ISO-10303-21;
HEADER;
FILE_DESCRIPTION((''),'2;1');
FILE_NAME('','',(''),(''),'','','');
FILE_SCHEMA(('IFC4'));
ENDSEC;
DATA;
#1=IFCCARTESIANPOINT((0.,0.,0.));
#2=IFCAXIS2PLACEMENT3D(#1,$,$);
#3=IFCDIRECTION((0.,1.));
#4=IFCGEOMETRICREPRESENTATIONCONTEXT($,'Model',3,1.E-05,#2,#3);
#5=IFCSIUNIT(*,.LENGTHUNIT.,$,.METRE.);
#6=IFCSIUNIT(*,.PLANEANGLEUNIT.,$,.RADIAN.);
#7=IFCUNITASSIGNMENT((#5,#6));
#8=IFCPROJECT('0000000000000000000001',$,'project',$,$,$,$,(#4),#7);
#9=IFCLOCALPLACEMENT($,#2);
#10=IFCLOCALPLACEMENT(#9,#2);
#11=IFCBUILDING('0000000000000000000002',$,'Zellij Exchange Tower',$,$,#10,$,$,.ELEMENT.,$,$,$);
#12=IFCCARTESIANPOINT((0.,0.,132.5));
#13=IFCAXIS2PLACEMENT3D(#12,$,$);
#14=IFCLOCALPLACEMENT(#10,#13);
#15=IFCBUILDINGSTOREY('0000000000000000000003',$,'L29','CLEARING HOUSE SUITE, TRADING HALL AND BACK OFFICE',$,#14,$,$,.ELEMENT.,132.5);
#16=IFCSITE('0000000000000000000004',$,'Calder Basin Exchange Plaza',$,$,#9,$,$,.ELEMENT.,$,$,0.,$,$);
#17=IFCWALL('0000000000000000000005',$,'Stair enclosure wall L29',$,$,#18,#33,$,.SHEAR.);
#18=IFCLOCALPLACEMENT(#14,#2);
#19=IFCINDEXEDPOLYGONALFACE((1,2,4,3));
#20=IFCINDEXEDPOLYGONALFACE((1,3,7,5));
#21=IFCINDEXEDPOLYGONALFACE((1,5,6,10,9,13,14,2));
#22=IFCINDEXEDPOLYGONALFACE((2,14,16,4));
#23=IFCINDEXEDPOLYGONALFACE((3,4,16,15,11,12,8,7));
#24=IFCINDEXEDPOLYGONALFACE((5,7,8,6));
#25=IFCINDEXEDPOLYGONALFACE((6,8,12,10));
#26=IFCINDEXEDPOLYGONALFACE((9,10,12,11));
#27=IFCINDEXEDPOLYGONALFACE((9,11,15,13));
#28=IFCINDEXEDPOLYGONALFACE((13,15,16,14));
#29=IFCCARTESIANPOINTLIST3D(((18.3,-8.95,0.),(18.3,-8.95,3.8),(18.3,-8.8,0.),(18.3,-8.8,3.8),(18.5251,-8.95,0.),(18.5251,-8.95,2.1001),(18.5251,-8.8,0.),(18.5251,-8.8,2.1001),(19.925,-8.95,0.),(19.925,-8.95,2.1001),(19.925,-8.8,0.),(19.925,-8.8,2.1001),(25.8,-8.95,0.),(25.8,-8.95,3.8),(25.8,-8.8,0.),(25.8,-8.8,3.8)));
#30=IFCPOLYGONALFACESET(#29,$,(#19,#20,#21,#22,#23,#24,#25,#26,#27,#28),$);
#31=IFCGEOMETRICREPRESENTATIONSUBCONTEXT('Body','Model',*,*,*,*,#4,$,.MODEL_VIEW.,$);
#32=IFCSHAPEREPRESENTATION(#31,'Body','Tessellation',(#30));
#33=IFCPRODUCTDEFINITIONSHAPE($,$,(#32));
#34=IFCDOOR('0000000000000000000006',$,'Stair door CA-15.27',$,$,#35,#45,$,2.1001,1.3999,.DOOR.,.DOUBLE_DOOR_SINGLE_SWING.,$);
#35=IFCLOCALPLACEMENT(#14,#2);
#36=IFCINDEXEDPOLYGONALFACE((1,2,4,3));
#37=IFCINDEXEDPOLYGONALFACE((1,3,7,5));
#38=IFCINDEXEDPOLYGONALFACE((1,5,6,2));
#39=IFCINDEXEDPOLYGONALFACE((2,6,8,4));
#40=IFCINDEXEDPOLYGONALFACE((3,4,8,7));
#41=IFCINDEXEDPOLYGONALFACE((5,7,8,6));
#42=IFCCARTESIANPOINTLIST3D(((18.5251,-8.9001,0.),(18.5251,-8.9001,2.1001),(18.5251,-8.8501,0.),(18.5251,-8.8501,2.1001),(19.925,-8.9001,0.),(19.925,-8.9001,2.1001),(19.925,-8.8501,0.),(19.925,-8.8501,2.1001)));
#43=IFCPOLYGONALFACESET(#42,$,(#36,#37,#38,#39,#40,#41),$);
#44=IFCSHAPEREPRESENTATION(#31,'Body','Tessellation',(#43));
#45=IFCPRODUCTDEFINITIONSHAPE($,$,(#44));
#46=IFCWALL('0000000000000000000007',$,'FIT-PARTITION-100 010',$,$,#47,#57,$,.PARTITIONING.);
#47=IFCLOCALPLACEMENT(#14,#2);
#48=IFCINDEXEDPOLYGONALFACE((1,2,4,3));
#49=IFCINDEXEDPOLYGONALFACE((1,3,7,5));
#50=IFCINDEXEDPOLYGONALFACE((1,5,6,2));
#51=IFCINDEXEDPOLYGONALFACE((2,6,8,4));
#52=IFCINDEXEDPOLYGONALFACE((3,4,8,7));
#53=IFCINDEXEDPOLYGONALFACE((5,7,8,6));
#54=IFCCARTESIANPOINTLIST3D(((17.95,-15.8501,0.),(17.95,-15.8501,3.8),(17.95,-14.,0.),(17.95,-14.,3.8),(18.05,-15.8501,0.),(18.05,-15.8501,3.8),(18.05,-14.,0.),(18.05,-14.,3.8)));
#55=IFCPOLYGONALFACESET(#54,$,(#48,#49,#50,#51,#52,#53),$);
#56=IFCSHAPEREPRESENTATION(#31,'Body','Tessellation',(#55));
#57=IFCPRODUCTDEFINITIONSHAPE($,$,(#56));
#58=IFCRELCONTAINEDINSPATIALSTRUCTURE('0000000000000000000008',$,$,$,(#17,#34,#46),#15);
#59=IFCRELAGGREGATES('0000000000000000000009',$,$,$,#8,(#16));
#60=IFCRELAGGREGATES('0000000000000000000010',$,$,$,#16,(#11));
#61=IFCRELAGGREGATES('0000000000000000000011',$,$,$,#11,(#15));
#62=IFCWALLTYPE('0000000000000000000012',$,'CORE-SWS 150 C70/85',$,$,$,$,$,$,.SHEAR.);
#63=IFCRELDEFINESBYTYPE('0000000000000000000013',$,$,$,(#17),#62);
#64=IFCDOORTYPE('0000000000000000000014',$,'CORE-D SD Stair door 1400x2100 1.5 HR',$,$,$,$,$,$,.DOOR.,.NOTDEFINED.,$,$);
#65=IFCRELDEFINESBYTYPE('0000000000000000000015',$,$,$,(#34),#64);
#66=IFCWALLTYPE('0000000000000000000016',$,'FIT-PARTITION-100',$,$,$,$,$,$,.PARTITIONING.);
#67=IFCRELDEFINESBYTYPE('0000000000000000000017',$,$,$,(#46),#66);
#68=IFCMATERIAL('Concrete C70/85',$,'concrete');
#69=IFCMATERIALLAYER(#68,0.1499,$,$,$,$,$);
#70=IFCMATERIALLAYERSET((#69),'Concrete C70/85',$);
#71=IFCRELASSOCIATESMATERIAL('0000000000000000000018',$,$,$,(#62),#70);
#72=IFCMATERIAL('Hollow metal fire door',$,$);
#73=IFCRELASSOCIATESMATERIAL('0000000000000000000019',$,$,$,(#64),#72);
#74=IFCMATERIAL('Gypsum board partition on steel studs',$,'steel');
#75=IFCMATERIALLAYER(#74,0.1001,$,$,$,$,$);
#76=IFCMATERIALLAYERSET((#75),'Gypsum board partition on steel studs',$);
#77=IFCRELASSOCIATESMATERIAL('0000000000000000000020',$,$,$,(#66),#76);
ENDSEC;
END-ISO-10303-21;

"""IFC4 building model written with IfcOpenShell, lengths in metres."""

from ifc_helpers import new_model, si_unit, direction, frame, frame_2d, origin, place, context, subcontext, project, spatial, rectangle, extrude, material, layer, layer_set, type_object, element, fill, save


model = new_model("IFC4")

# Units and contexts
model_context = context("Model", 3, precision=1e-05, world=origin(), true_north=direction((0.0, 1.0)))
body_context = subcontext(model_context, "Body", "Model", "MODEL_VIEW")
ifc_project = project(units=[si_unit("LENGTHUNIT", "METRE"), si_unit("PLANEANGLEUNIT", "RADIAN")], contexts=[model_context])

# Site, building, storey
site_placement = place(None, origin())
site = spatial("IfcSite", under=ifc_project, at=site_placement, Name="Calder Basin Exchange Plaza", CompositionType="ELEMENT", RefElevation=0.0)
building_placement = place(site_placement, origin())
building = spatial("IfcBuilding", under=site, at=building_placement, Name="Zellij Exchange Tower", CompositionType="ELEMENT")
storey_placement = place(building_placement, frame((0.0, 0.0, 132.5)))
storey = spatial("IfcBuildingStorey", under=building, at=storey_placement, Name="L29", Description="CLEARING HOUSE SUITE, TRADING HALL AND BACK OFFICE", CompositionType="ELEMENT", Elevation=132.5)

# Shared definitions
ifc_material_1 = material(Name="Concrete C70/85", Category="concrete")

# Shared definitions
ifc_material_2 = material(Name="Hollow metal fire door")

# Wall, opening, door
ifc_layer_1 = layer(ifc_material_1, 0.1499)
ifc_layer_set_1 = layer_set([ifc_layer_1], Name="Concrete C70/85")
wall_type_1 = type_object("IfcWallType", Name="CORE-SWS 150 C70/85", PredefinedType="SHEAR", material=ifc_layer_set_1)
wall_1_placement = place(storey_placement, frame((18.3, -8.875, 0.0), z_axis=(0.0, 0.0, 1.0), x_axis=(1.0, 0.0, 0.0)))
wall_1 = element("IfcWall", 1, at=wall_1_placement, inside=storey, type_object=wall_type_1, Name="Stair enclosure wall L29", PredefinedType="SHEAR", context=body_context, shape_type="SweptSolid", body=[
    extrude(rectangle(XDim=7.5, YDim=0.1499, at=frame_2d((3.75, 0.0))), origin(), (0.0, 0.0, 1.0), 3.8),
])
opening_1_placement = place(wall_1_placement, frame((0.2251, 0.0, 0.0)))
opening_1 = element("IfcOpeningElement", 2, at=opening_1_placement, cuts=wall_1, PredefinedType="OPENING", context=body_context, shape_type="SweptSolid", body=[
    extrude(rectangle(XDim=1.3999, YDim=2.1001, at=frame_2d((0.7, 1.05))), frame((0.0, 0.0869, 0.0), z_axis=(0.0, -1.0, 0.0), x_axis=(1.0, 0.0, 0.0)), (0.0, 0.0, 1.0), 0.1738),
])
door_type_1 = type_object("IfcDoorType", Name="CORE-D SD Stair door 1400x2100 1.5 HR", OperationType="NOTDEFINED", PredefinedType="DOOR", material=ifc_material_2)
door_1_placement = place(opening_1_placement, origin())
door_1 = element("IfcDoor", 3, at=door_1_placement, inside=storey, type_object=door_type_1, Name="Stair door CA-15.27", OperationType="DOUBLE_DOOR_SINGLE_SWING", OverallHeight=2.1001, OverallWidth=1.3999, PredefinedType="DOOR", context=body_context, shape_type="SweptSolid", body=[
    extrude(rectangle(XDim=1.3999, YDim=2.1001, at=frame_2d((0.7, 1.05))), frame((0.0, 0.0249, 0.0), z_axis=(0.0, -1.0, 0.0), x_axis=(1.0, 0.0, 0.0)), (0.0, 0.0, 1.0), 0.05),
])
fill(opening_1, door_1)

# Wall
ifc_material_3 = material(Name="Gypsum board partition on steel studs", Category="steel")
ifc_layer_2 = layer(ifc_material_3, 0.1001)
ifc_layer_set_2 = layer_set([ifc_layer_2], Name="Gypsum board partition on steel studs")
wall_type_2 = type_object("IfcWallType", Name="FIT-PARTITION-100", PredefinedType="PARTITIONING", material=ifc_layer_set_2)
wall_2_placement = place(storey_placement, frame((18.0, -15.8501, 0.0), z_axis=(0.0, 0.0, 1.0), x_axis=(0.0, 1.0, 0.0)))
element("IfcWall", 4, at=wall_2_placement, inside=storey, type_object=wall_type_2, Name="FIT-PARTITION-100 010", PredefinedType="PARTITIONING", context=body_context, shape_type="SweptSolid", body=[
    extrude(rectangle(XDim=1.8501, YDim=0.1001, at=frame_2d((0.925, 0.0))), origin(), (0.0, 0.0, 1.0), 3.8),
])

save(model, "model.ifc")
